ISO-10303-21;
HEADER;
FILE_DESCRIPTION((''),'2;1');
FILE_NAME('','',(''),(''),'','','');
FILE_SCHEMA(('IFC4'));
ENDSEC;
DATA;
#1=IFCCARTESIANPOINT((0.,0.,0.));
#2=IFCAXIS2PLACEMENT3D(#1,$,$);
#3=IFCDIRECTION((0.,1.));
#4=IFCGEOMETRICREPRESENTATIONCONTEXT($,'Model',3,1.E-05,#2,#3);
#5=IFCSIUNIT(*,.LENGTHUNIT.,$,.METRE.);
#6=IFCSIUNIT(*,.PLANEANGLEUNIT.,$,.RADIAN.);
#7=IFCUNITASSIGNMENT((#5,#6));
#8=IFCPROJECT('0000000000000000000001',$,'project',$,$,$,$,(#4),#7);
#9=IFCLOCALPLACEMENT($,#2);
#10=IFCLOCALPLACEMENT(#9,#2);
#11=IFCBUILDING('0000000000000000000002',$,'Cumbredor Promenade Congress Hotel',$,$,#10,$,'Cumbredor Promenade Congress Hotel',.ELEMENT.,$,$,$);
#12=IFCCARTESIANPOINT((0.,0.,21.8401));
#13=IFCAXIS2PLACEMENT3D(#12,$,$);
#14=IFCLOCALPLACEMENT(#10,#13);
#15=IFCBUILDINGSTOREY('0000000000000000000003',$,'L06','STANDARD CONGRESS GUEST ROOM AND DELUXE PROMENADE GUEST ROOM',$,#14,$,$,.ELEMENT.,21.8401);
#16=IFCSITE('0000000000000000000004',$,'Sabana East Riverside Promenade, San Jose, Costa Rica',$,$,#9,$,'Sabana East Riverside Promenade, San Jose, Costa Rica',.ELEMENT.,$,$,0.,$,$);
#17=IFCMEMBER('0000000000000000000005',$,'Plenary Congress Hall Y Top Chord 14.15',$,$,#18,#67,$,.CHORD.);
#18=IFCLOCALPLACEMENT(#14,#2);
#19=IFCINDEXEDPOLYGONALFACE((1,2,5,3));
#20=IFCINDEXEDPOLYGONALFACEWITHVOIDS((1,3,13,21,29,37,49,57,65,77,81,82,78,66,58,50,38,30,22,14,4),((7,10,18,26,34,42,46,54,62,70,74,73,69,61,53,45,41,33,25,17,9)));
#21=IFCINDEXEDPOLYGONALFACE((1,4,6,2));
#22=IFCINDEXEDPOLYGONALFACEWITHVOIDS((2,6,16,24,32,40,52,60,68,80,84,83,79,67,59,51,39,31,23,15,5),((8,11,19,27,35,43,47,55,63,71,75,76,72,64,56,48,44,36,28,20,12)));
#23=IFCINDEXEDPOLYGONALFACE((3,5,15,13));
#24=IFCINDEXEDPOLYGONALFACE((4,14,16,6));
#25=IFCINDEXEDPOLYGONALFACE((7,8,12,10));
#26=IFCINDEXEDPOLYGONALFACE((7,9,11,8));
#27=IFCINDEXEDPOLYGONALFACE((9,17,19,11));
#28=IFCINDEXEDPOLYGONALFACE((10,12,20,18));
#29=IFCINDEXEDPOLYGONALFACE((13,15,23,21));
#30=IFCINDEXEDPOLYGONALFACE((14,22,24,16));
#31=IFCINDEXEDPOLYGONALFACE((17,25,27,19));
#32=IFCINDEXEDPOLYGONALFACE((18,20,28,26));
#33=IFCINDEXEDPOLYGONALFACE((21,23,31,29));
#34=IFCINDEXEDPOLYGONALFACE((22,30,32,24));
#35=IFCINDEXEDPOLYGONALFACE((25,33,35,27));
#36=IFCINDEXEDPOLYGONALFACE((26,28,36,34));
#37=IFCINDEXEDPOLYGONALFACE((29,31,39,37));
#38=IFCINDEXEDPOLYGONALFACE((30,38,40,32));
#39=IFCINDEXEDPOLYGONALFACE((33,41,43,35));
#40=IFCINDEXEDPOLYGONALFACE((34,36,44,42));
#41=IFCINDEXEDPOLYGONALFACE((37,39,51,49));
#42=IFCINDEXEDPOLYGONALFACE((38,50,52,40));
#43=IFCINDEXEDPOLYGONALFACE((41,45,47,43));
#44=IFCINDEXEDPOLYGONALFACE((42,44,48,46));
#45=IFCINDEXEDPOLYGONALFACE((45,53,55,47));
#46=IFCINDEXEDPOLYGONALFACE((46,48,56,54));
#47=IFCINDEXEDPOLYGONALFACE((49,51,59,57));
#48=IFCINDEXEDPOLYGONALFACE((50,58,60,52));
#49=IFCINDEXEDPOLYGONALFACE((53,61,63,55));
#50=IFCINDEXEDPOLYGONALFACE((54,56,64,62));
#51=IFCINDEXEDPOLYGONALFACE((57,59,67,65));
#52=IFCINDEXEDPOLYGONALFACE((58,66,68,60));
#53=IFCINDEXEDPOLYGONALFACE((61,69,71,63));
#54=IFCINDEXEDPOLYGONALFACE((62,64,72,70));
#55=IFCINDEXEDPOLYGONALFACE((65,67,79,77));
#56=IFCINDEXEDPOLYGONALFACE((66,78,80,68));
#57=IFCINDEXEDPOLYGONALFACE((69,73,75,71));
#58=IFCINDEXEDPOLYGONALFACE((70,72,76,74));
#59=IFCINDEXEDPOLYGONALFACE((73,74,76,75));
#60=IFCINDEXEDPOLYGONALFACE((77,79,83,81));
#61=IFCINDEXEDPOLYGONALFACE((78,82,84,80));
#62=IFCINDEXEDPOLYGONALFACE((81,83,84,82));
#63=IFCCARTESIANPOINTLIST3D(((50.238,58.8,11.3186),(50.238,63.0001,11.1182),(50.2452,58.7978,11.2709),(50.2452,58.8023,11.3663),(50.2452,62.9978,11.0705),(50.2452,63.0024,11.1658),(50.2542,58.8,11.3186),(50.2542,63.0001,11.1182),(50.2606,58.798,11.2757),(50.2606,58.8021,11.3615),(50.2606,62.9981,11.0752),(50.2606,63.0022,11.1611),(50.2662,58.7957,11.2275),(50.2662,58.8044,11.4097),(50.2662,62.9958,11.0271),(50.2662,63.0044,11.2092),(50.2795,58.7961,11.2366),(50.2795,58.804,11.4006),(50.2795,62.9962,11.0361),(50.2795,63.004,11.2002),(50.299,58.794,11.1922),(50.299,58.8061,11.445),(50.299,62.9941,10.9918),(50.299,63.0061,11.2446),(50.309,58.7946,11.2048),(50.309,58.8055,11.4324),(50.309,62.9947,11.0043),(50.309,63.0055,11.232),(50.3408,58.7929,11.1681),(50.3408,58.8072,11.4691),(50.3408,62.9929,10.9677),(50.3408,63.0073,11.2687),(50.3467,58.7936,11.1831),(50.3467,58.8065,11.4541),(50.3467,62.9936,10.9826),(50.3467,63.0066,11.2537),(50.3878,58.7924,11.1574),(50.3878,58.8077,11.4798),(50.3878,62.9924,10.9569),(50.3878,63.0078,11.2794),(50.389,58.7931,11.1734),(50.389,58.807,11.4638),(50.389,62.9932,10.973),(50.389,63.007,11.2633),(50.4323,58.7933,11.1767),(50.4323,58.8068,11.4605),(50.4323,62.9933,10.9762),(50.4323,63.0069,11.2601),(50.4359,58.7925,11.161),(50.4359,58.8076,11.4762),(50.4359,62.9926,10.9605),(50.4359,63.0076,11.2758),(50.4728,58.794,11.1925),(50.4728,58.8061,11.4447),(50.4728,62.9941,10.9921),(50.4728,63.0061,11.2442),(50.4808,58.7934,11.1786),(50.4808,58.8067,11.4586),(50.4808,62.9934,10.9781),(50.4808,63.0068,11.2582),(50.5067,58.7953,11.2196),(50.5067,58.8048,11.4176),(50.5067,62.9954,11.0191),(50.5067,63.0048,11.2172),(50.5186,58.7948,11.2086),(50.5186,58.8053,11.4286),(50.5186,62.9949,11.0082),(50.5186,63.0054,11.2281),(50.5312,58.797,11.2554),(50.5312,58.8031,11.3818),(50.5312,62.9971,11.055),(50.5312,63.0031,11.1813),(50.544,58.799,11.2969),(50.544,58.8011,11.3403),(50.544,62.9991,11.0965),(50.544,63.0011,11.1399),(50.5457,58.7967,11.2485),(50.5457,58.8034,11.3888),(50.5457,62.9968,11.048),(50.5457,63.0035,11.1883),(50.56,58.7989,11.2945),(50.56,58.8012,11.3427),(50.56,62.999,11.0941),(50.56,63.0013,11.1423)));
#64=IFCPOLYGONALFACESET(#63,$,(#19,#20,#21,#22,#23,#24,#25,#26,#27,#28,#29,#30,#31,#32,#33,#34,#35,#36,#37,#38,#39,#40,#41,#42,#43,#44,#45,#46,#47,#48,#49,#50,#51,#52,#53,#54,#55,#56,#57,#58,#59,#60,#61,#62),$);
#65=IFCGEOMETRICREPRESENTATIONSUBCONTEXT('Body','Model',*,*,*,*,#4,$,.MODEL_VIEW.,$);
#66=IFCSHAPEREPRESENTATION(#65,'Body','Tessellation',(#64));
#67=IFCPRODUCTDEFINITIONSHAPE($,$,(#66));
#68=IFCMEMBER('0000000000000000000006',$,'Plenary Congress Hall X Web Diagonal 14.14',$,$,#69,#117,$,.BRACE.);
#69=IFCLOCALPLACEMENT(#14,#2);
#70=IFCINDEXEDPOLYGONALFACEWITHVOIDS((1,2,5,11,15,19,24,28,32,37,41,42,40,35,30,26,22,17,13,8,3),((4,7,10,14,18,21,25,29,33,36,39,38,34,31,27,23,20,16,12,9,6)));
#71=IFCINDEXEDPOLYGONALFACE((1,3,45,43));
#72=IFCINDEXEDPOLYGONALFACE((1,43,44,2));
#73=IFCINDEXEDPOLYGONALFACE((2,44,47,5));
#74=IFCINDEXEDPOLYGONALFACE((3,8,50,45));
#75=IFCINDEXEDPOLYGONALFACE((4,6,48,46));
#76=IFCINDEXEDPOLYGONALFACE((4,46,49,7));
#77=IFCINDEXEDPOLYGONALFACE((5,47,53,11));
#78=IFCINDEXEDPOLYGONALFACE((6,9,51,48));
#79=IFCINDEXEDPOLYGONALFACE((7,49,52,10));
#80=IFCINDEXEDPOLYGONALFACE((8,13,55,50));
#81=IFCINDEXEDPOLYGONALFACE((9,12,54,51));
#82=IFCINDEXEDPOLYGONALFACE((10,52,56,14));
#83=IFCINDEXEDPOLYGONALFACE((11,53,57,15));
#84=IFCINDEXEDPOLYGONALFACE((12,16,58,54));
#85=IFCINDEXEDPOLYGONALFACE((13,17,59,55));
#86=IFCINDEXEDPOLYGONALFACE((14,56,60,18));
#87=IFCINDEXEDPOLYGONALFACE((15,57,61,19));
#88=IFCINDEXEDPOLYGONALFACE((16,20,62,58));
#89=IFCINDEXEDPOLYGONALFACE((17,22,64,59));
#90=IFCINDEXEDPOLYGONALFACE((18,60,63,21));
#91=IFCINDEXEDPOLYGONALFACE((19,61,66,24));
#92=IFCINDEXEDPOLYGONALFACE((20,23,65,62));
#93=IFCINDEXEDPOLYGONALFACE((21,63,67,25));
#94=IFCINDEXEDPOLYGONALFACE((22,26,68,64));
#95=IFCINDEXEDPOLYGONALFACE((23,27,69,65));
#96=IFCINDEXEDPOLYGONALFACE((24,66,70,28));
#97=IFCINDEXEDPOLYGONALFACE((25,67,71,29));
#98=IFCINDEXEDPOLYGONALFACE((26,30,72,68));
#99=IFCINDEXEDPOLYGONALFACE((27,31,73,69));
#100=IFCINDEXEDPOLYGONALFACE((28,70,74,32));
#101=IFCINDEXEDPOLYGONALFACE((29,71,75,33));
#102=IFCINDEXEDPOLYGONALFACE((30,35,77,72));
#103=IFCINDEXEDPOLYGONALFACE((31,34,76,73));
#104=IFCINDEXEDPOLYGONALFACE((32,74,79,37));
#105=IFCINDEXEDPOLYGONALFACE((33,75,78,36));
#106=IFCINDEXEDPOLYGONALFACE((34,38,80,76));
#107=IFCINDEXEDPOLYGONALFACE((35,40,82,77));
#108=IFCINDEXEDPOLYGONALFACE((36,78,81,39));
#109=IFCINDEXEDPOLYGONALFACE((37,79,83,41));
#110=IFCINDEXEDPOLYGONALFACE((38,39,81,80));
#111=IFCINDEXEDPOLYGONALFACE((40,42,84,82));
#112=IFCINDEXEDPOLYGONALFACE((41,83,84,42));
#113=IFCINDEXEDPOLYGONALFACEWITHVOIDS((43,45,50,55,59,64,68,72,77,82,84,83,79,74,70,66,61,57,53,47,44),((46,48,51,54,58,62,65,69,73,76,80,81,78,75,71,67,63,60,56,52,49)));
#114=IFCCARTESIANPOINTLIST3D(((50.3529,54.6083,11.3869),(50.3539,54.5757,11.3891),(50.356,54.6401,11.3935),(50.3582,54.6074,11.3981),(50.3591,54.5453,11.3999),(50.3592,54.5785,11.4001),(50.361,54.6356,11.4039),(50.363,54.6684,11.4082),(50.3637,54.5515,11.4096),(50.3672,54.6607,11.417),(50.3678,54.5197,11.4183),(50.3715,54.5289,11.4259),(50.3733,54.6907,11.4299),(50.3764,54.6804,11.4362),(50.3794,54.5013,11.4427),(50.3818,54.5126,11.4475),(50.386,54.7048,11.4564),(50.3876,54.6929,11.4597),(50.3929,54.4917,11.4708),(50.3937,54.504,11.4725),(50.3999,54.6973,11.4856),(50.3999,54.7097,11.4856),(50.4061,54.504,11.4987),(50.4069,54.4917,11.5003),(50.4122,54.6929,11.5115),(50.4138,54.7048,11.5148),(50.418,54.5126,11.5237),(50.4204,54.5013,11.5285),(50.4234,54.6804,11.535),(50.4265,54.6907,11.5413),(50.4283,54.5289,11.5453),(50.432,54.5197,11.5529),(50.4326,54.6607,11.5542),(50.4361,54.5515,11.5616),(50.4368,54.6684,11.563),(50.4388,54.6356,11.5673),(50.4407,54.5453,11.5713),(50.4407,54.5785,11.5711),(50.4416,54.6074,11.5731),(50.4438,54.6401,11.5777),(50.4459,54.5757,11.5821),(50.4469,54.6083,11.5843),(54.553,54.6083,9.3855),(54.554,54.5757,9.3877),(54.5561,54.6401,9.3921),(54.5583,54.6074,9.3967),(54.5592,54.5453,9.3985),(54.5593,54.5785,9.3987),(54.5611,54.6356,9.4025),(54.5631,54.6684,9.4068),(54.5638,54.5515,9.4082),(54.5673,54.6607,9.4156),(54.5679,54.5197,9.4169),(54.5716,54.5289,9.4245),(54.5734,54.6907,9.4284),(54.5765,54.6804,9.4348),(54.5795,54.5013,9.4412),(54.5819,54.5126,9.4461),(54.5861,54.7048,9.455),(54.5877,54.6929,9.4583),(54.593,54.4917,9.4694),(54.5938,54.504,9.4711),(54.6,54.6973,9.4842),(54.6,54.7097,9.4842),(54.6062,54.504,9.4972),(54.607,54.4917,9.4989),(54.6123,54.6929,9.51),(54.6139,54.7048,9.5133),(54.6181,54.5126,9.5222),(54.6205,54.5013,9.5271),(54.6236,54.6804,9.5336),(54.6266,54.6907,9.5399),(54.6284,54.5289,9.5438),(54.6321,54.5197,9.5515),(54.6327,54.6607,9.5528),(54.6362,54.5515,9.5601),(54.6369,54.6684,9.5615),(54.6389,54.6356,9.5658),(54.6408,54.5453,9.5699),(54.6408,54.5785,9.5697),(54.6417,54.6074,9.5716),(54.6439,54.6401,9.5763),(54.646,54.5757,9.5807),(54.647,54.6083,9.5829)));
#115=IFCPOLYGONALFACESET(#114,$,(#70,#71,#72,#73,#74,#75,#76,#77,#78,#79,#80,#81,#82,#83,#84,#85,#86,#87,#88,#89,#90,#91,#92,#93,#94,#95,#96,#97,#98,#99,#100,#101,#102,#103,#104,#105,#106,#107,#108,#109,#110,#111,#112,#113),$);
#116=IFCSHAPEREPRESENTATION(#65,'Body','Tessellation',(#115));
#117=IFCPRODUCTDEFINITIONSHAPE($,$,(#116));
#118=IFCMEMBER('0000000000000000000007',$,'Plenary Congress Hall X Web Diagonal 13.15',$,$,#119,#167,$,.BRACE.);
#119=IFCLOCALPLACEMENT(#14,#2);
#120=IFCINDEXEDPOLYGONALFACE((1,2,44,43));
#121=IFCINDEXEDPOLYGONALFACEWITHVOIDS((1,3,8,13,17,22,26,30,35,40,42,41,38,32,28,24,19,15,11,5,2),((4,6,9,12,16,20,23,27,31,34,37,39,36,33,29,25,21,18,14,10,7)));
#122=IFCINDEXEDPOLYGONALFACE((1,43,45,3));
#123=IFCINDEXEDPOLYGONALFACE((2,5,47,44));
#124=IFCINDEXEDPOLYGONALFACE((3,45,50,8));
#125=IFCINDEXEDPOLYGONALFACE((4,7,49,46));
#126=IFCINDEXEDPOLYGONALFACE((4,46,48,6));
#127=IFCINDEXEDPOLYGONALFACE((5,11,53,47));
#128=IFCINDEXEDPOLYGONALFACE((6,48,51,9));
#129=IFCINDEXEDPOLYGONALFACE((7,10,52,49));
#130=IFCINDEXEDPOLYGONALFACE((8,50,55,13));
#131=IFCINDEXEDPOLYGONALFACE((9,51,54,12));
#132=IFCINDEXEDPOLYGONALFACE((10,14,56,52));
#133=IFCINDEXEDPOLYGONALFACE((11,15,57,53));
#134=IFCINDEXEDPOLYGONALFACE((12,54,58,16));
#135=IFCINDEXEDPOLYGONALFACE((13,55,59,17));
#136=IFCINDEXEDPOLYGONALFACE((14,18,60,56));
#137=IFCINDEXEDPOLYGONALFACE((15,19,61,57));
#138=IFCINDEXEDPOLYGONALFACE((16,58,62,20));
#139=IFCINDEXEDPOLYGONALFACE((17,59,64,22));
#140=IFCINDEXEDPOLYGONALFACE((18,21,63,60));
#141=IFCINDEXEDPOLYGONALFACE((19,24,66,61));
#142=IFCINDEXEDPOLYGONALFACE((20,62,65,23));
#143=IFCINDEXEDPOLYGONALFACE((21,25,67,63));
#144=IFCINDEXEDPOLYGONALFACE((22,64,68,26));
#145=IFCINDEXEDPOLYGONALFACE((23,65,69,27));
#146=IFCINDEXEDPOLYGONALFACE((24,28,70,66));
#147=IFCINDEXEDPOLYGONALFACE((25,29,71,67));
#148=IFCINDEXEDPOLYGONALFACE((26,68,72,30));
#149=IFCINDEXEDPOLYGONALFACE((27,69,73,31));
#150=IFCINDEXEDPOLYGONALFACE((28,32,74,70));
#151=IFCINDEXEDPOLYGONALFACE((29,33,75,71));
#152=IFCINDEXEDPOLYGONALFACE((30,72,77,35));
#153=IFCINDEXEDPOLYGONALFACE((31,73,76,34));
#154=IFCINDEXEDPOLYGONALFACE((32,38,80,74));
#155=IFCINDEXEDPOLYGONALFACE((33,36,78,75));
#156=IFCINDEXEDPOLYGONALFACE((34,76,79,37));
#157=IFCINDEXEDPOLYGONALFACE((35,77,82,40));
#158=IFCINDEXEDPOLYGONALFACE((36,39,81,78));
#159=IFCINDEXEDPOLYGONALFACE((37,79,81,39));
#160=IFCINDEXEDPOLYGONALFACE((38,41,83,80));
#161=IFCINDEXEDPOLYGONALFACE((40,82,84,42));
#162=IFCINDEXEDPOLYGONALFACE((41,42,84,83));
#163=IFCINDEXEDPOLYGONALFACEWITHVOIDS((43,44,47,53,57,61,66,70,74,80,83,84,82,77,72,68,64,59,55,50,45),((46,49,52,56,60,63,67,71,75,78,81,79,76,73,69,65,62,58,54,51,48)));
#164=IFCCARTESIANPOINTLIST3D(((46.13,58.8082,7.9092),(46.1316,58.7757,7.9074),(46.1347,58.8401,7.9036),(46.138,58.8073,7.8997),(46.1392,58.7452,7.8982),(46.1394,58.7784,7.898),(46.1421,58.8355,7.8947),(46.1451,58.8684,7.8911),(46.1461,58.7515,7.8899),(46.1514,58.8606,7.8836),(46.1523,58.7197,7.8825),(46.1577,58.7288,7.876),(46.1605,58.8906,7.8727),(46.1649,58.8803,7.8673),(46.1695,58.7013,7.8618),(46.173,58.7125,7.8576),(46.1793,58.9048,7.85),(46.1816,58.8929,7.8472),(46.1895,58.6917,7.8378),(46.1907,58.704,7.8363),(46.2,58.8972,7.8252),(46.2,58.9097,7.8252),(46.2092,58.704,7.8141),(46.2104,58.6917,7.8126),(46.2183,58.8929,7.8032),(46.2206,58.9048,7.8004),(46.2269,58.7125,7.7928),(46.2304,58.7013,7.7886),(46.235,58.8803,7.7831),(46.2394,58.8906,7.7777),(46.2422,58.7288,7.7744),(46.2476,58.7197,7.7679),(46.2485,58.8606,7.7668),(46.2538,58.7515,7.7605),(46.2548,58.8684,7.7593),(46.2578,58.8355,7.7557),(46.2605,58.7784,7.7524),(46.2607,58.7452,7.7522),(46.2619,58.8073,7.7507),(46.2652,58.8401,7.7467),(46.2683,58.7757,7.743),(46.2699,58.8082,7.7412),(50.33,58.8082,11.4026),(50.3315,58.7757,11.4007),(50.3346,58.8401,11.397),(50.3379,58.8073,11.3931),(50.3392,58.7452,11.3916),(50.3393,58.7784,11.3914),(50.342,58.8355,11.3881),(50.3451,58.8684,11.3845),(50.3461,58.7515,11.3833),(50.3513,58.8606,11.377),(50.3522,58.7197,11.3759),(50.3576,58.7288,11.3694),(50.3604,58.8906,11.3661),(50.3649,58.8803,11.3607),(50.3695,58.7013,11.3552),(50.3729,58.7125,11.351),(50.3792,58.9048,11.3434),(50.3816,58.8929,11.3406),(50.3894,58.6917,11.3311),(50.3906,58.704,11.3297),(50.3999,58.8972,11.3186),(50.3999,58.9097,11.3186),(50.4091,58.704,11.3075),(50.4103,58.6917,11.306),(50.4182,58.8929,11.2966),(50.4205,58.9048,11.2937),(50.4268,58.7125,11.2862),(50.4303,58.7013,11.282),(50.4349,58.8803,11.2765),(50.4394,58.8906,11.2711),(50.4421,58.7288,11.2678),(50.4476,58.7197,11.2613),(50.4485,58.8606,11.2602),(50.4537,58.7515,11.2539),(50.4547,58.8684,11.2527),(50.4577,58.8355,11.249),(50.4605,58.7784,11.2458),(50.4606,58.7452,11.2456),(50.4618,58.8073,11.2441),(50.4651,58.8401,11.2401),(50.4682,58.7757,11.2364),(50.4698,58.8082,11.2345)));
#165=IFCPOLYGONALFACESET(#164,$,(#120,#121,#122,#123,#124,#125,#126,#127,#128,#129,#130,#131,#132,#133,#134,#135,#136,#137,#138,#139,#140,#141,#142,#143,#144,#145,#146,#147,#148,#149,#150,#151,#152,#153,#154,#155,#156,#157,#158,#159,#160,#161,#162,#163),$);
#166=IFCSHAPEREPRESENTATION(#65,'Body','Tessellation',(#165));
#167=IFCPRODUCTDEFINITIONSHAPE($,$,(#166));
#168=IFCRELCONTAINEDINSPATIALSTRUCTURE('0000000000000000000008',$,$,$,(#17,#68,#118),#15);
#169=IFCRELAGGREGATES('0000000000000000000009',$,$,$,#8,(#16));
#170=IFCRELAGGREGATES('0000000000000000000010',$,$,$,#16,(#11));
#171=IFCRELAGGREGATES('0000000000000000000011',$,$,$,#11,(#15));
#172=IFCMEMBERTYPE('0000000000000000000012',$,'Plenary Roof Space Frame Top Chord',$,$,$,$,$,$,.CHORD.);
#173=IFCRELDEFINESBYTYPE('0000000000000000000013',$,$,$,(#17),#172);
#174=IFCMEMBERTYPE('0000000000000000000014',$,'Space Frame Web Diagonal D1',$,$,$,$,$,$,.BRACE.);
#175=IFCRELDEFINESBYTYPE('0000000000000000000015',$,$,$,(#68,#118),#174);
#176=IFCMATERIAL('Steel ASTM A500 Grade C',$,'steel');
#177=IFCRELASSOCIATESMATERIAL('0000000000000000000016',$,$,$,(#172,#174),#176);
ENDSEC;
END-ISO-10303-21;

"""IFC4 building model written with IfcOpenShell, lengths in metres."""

from ifc_helpers import new_model, si_unit, direction, frame, origin, origin_2d, place, context, subcontext, project, spatial, hollow_circle, extrude, material, material_profile, profile_set, type_object, element, save


model = new_model("IFC4")

# Units and contexts
model_context = context("Model", 3, precision=1e-05, world=origin(), true_north=direction((0.0, 1.0)))
body_context = subcontext(model_context, "Body", "Model", "MODEL_VIEW")
ifc_project = project(units=[si_unit("LENGTHUNIT", "METRE"), si_unit("PLANEANGLEUNIT", "RADIAN")], contexts=[model_context])

# Site, building, storey
site_placement = place(None, origin())
site = spatial("IfcSite", under=ifc_project, at=site_placement, Name="Sabana East Riverside Promenade, San Jose, Costa Rica", LongName="Sabana East Riverside Promenade, San Jose, Costa Rica", CompositionType="ELEMENT", RefElevation=0.0)
building_placement = place(site_placement, origin())
building = spatial("IfcBuilding", under=site, at=building_placement, Name="Cumbredor Promenade Congress Hotel", LongName="Cumbredor Promenade Congress Hotel", CompositionType="ELEMENT")
storey_placement = place(building_placement, frame((0.0, 0.0, 21.8401)))
storey = spatial("IfcBuildingStorey", under=building, at=storey_placement, Name="L06", Description="STANDARD CONGRESS GUEST ROOM AND DELUXE PROMENADE GUEST ROOM", CompositionType="ELEMENT", Elevation=21.8401)

# Members
ifc_material_1 = material(Name="Steel ASTM A500 Grade C", Category="steel")
ifc_material_profile_1 = material_profile(ifc_material_1, hollow_circle(Radius=0.1619, WallThickness=0.0161, at=origin_2d()), Name="CHS 323.9x16")
ifc_profile_set_1 = profile_set([ifc_material_profile_1], Name="Steel ASTM A500 Grade C")
member_type_1 = type_object("IfcMemberType", Name="Plenary Roof Space Frame Top Chord", PredefinedType="CHORD", material=ifc_profile_set_1)
member_1_placement = place(storey_placement, frame((50.3999, 58.8, 11.3186), z_axis=(0.0, 0.998863, -0.04767), x_axis=(-1.0, 0.0, 0.0)))
element("IfcMember", 1, at=member_1_placement, inside=storey, type_object=member_type_1, Name="Plenary Congress Hall Y Top Chord 14.15", PredefinedType="CHORD", context=body_context, shape_type="SweptSolid", body=[
    extrude(hollow_circle(Radius=0.1619, WallThickness=0.0161, at=origin_2d()), origin(), (0.0, 0.0, 1.0), 4.2048),
])
ifc_material_profile_2 = material_profile(ifc_material_1, hollow_circle(Radius=0.1096, WallThickness=0.0125, at=origin_2d()), Name="CHS 219.1x12.5")
ifc_profile_set_2 = profile_set([ifc_material_profile_2], Name="Steel ASTM A500 Grade C")
member_type_2 = type_object("IfcMemberType", Name="Space Frame Web Diagonal D1", PredefinedType="BRACE", material=ifc_profile_set_2)
member_2_placement = place(storey_placement, frame((50.3999, 54.6001, 11.4856), z_axis=(0.902746, 0.0, -0.430174), x_axis=(0.0, 1.0, 0.0)))
element("IfcMember", 2, at=member_2_placement, inside=storey, type_object=member_type_2, Name="Plenary Congress Hall X Web Diagonal 14.14", PredefinedType="BRACE", context=body_context, shape_type="SweptSolid", body=[
    extrude(hollow_circle(Radius=0.1096, WallThickness=0.0125, at=origin_2d()), origin(), (0.0, 0.0, 1.0), 4.6526),
])
member_3_placement = place(storey_placement, frame((46.2, 58.8, 7.8252), z_axis=(0.768811, 0.0, 0.639476), x_axis=(0.0, 1.0, 0.0)))
element("IfcMember", 3, at=member_3_placement, inside=storey, type_object=member_type_2, Name="Plenary Congress Hall X Web Diagonal 13.15", PredefinedType="BRACE", context=body_context, shape_type="SweptSolid", body=[
    extrude(hollow_circle(Radius=0.1096, WallThickness=0.0125, at=origin_2d()), origin(), (0.0, 0.0, 1.0), 5.4629),
])

save(model, "model.ifc")
